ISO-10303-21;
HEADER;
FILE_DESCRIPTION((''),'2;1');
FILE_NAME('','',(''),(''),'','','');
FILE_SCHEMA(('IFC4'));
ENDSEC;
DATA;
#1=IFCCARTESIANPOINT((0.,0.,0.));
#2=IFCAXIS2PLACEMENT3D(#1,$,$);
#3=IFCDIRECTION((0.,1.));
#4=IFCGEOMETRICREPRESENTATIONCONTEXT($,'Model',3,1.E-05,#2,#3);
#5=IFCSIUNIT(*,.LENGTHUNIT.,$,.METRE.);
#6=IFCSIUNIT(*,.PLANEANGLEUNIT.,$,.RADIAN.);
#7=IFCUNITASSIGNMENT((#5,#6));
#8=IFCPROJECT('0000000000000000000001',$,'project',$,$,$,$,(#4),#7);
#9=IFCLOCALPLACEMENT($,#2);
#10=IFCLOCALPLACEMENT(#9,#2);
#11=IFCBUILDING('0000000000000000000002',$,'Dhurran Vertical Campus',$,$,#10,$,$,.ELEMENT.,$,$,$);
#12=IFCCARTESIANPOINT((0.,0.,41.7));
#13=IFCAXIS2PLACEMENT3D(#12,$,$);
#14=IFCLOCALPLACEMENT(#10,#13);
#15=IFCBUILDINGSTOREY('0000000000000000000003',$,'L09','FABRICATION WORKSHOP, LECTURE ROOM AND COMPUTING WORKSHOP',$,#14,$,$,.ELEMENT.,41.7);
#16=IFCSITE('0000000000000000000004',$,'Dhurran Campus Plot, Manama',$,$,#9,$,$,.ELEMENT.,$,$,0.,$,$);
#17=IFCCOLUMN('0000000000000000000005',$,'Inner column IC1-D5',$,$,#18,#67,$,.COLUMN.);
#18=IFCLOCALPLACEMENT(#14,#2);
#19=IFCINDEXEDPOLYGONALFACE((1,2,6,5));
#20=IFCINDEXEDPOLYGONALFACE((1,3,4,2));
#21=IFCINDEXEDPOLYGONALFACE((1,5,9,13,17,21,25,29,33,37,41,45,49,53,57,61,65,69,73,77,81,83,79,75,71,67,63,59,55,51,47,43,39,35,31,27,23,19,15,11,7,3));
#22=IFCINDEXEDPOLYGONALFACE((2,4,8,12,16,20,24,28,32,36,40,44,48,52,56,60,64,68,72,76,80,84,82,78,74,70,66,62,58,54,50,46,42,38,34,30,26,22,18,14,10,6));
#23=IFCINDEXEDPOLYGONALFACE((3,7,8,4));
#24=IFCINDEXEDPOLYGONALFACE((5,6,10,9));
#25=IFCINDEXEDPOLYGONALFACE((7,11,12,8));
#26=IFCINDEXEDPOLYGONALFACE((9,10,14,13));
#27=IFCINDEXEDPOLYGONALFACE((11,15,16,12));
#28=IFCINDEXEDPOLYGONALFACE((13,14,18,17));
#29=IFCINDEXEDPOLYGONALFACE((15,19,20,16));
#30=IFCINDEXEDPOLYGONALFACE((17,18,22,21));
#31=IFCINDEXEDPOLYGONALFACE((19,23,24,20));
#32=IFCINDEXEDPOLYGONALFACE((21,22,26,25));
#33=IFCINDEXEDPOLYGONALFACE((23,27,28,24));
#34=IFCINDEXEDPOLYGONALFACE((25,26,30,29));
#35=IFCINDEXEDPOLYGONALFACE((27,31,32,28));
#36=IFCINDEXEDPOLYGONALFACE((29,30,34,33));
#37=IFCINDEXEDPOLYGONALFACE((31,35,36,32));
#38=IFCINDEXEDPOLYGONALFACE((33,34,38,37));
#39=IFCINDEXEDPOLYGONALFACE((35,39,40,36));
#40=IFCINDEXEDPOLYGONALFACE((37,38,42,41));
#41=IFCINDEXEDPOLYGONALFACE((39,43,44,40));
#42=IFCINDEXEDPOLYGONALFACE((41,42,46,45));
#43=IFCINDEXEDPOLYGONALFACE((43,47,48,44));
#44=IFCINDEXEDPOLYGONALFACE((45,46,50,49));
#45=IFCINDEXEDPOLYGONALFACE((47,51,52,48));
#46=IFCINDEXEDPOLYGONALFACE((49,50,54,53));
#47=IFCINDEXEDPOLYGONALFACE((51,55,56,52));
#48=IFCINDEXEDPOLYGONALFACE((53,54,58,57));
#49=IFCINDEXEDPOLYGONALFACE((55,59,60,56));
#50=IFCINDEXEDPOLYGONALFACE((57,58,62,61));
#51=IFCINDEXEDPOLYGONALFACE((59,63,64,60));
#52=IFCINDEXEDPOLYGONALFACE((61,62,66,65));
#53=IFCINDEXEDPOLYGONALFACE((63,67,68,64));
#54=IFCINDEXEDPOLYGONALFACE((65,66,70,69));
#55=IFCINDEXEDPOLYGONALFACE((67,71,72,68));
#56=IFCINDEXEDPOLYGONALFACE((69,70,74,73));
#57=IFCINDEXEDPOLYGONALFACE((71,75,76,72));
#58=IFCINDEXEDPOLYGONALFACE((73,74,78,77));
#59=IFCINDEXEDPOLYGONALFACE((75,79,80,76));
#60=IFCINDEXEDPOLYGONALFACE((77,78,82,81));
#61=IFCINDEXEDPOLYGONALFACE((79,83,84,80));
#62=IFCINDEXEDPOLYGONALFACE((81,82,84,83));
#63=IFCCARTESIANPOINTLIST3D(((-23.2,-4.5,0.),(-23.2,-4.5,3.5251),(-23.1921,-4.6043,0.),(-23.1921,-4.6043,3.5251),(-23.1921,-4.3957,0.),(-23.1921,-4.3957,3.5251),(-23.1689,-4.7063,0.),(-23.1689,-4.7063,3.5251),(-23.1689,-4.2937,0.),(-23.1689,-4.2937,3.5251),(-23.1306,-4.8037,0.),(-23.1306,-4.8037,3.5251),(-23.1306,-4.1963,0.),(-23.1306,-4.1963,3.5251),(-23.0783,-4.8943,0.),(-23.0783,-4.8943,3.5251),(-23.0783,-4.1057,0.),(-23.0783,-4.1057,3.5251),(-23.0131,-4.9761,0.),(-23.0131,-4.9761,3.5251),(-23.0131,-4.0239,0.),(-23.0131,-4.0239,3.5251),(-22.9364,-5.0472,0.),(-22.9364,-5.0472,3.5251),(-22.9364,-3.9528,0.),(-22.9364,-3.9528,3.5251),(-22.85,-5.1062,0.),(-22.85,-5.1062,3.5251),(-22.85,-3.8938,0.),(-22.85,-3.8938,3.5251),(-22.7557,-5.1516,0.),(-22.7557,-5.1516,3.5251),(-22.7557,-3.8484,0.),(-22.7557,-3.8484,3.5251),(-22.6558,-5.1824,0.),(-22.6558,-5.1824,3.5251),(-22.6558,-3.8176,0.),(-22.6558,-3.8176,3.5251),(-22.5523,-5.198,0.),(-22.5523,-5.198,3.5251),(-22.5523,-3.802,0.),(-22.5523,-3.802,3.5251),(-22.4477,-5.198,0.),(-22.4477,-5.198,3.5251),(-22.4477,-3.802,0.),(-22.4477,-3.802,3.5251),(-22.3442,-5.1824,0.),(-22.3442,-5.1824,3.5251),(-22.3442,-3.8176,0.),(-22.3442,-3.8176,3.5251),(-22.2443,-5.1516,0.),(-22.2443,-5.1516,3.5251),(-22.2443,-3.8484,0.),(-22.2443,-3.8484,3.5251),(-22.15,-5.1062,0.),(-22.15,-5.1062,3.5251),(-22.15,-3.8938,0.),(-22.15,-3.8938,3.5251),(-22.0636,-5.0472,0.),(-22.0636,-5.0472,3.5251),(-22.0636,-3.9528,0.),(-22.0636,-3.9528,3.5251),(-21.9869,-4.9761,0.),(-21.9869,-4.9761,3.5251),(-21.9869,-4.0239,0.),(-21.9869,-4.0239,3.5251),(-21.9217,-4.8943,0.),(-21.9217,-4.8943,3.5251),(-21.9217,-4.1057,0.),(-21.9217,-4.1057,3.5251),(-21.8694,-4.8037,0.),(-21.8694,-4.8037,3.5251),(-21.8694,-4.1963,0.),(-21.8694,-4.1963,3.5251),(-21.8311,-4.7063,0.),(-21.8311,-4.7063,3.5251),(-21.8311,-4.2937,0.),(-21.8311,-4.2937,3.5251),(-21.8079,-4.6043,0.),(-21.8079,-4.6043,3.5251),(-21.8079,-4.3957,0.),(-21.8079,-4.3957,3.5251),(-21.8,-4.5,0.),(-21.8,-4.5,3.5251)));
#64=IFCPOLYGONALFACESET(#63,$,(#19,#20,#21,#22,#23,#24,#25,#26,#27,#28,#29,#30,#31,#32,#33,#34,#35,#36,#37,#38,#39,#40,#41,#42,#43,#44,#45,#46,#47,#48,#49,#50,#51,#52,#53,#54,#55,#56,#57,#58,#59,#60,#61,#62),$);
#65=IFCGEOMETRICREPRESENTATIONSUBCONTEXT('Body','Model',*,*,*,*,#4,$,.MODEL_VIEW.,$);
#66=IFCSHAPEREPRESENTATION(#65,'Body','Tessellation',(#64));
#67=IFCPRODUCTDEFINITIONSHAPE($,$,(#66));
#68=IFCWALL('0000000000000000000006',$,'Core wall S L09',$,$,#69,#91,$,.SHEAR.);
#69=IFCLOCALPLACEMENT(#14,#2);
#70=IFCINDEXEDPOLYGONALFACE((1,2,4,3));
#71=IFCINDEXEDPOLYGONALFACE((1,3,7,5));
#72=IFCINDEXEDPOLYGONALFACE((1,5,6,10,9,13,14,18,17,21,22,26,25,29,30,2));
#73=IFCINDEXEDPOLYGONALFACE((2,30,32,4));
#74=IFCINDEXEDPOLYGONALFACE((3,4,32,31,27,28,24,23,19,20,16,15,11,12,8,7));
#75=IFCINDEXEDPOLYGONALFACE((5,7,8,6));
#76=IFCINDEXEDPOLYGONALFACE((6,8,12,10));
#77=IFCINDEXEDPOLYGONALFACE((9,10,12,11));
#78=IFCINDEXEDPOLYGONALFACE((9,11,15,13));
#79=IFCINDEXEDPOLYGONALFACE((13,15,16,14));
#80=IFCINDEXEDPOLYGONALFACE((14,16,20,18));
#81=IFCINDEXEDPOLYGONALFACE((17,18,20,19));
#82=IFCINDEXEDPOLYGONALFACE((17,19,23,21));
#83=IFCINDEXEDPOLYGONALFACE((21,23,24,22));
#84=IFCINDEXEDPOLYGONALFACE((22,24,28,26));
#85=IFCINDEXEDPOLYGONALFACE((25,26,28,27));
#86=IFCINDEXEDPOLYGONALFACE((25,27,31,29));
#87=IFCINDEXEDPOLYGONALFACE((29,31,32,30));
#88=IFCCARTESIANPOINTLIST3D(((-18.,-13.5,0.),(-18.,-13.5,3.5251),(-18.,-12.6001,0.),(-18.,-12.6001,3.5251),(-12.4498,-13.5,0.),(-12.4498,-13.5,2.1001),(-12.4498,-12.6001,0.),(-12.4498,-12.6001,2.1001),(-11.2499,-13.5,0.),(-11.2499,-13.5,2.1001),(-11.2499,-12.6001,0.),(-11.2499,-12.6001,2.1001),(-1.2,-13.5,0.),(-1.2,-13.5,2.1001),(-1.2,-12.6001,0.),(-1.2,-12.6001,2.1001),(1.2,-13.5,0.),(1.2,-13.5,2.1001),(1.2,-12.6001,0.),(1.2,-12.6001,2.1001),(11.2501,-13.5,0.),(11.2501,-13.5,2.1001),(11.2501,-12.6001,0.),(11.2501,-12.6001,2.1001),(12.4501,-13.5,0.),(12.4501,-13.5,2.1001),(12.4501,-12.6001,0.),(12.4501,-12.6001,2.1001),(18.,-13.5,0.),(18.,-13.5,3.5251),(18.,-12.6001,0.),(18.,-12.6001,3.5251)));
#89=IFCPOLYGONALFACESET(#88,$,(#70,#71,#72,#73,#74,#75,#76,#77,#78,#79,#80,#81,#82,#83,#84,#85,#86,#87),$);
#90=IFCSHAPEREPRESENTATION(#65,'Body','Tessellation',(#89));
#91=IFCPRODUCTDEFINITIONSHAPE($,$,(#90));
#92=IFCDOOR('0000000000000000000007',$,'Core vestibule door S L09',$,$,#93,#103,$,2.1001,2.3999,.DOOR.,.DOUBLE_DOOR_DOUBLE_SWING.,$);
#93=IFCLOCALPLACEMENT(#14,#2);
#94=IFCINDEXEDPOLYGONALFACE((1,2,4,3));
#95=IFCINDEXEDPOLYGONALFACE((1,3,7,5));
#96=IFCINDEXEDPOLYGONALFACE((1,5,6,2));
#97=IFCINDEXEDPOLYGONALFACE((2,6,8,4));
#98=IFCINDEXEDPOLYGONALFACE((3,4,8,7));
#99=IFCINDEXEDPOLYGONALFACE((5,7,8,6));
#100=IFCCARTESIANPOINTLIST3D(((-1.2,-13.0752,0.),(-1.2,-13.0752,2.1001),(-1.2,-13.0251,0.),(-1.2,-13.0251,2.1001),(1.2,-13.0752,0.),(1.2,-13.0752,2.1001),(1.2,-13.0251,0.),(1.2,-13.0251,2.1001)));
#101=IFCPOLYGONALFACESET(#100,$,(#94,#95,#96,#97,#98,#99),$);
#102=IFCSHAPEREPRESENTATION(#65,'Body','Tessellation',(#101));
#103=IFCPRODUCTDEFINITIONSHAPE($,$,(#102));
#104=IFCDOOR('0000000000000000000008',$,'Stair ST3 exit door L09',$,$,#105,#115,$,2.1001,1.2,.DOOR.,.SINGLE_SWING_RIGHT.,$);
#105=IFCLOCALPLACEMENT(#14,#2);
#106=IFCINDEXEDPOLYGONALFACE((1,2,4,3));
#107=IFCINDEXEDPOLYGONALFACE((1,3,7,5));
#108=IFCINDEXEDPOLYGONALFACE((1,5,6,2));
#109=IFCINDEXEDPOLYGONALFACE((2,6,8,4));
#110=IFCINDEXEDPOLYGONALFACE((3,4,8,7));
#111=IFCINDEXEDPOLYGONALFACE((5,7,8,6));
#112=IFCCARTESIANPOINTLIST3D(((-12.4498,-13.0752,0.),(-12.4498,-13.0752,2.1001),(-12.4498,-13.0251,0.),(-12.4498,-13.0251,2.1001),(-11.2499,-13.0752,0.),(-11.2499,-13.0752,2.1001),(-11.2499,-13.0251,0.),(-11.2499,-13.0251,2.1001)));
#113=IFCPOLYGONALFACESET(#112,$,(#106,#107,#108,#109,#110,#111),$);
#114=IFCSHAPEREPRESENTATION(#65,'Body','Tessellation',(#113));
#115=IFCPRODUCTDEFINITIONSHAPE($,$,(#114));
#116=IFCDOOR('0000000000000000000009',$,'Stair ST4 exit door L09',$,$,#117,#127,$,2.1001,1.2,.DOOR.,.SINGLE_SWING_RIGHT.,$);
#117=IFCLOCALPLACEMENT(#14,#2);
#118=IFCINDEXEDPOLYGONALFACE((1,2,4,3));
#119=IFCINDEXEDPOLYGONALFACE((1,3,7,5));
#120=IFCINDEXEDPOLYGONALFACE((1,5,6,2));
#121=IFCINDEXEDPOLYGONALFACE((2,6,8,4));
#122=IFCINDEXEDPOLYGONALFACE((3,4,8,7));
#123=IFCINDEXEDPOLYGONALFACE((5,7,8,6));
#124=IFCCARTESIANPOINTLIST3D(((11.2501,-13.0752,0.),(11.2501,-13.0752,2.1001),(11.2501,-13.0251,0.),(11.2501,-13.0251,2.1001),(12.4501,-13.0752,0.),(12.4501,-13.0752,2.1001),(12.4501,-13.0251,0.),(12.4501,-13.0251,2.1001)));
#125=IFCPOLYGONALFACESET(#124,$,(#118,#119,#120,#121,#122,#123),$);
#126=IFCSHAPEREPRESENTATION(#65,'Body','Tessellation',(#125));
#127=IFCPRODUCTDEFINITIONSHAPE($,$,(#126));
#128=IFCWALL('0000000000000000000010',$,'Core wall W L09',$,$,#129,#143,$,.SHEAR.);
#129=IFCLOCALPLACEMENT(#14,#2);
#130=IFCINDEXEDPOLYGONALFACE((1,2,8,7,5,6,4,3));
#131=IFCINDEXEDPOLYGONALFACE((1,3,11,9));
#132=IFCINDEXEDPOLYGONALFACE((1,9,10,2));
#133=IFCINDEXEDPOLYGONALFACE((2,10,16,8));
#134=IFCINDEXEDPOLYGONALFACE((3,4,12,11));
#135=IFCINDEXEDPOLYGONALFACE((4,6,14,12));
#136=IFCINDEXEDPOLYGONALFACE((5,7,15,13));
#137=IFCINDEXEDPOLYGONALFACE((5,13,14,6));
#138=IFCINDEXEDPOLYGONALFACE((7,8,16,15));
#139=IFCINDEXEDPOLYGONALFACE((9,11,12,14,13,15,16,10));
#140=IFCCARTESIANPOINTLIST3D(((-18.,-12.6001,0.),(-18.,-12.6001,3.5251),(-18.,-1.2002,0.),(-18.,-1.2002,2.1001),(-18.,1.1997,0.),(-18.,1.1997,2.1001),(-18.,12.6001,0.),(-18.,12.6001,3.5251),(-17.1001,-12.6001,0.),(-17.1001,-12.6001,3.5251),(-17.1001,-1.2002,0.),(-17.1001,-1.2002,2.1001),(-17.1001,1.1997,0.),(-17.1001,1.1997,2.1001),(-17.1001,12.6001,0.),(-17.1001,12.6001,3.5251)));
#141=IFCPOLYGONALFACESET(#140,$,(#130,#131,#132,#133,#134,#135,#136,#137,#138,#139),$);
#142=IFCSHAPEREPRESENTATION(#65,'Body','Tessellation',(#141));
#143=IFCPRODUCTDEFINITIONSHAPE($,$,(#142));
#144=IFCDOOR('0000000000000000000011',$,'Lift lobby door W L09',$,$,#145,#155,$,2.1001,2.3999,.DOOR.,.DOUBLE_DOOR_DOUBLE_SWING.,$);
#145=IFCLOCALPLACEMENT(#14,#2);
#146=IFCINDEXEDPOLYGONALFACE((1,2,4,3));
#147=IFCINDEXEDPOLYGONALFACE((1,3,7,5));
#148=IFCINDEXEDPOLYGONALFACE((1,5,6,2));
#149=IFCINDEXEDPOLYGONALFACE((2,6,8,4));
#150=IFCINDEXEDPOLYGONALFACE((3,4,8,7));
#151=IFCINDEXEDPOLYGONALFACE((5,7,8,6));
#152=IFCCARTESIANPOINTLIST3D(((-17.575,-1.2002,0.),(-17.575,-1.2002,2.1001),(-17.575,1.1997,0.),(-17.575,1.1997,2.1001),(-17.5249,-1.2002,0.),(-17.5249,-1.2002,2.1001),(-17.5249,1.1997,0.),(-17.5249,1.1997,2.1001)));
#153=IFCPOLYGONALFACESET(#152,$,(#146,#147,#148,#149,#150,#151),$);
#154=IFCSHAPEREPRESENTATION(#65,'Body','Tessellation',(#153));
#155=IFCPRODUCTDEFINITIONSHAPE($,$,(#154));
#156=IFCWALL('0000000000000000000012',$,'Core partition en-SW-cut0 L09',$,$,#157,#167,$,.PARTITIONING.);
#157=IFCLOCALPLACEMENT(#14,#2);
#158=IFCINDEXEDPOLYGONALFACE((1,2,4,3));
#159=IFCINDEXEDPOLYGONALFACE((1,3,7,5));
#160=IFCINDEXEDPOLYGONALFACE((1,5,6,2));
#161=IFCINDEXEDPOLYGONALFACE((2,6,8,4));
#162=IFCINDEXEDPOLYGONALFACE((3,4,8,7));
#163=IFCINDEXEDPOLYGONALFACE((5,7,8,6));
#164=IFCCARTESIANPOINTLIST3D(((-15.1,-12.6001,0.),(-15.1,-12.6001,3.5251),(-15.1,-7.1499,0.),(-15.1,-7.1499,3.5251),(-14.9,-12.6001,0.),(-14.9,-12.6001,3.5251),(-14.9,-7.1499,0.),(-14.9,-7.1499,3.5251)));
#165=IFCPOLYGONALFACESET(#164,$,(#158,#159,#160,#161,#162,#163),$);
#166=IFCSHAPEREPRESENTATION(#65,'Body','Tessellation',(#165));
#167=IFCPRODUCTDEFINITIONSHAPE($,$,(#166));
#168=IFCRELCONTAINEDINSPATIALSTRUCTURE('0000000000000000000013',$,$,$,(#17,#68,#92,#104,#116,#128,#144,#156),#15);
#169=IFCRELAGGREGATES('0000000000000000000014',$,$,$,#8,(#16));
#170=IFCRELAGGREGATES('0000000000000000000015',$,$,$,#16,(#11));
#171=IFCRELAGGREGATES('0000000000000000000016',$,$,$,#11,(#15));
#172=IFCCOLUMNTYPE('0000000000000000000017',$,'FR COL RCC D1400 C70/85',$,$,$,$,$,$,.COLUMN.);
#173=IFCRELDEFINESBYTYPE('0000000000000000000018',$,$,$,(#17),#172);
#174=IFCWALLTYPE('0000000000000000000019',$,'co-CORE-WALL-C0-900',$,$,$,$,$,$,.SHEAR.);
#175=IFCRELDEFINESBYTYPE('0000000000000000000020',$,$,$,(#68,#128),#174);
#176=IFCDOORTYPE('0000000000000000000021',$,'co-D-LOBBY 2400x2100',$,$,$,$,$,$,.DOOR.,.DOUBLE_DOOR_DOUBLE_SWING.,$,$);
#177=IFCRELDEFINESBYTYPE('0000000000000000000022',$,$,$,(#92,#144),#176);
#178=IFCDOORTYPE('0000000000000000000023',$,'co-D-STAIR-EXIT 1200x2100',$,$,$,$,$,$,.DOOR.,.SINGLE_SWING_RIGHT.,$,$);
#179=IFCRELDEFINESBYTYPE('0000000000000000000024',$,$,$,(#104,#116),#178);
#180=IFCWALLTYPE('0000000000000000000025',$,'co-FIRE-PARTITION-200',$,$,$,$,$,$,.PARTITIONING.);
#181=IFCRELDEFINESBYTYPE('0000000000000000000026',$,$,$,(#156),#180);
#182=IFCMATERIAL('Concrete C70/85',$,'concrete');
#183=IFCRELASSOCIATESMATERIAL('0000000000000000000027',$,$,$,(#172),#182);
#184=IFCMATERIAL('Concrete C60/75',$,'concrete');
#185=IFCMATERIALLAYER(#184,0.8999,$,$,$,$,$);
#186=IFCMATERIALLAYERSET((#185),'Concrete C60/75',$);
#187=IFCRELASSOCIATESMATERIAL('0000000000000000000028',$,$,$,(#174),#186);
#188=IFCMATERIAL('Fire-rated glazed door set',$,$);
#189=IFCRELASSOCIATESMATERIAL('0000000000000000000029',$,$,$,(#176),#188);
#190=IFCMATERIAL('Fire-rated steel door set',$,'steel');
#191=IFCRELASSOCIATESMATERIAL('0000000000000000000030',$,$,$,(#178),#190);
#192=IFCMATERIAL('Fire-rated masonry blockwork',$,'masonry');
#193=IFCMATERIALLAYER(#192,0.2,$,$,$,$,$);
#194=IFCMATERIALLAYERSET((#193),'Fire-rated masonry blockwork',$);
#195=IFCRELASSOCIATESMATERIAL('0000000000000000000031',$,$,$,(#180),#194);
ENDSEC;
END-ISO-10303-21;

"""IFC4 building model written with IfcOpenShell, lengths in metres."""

from ifc_helpers import new_model, si_unit, direction, frame, frame_2d, origin, origin_2d, place, context, subcontext, project, spatial, rectangle, circle, extrude, material, layer, layer_set, material_profile, profile_set, type_object, element, fill, save


model = new_model("IFC4")

# Units and contexts
model_context = context("Model", 3, precision=1e-05, world=origin(), true_north=direction((0.0, 1.0)))
body_context = subcontext(model_context, "Body", "Model", "MODEL_VIEW")
ifc_project = project(units=[si_unit("LENGTHUNIT", "METRE"), si_unit("PLANEANGLEUNIT", "RADIAN")], contexts=[model_context])

# Site, building, storey
site_placement = place(None, origin())
site = spatial("IfcSite", under=ifc_project, at=site_placement, Name="Dhurran Campus Plot, Manama", CompositionType="ELEMENT", RefElevation=0.0)
building_placement = place(site_placement, origin())
building = spatial("IfcBuilding", under=site, at=building_placement, Name="Dhurran Vertical Campus", CompositionType="ELEMENT")
storey_placement = place(building_placement, frame((0.0, 0.0, 41.7)))
storey = spatial("IfcBuildingStorey", under=building, at=storey_placement, Name="L09", Description="FABRICATION WORKSHOP, LECTURE ROOM AND COMPUTING WORKSHOP", CompositionType="ELEMENT", Elevation=41.7)

# Column
ifc_material_1 = material(Name="Concrete C70/85", Category="concrete")
ifc_material_profile = material_profile(ifc_material_1, circle(Radius=0.7, at=origin_2d()), Name="RCC D1400")
ifc_profile_set = profile_set([ifc_material_profile], Name="Concrete C70/85")
column_type = type_object("IfcColumnType", Name="FR COL RCC D1400 C70/85", PredefinedType="COLUMN", material=ifc_profile_set)
column_placement = place(storey_placement, frame((-22.5, -4.5, 0.0), z_axis=(0.0, 0.0, 1.0), x_axis=(1.0, 0.0, 0.0)))
element("IfcColumn", 1, at=column_placement, inside=storey, type_object=column_type, Name="Inner column IC1-D5", PredefinedType="COLUMN", context=body_context, shape_type="SweptSolid", body=[
    extrude(circle(Radius=0.7, at=origin_2d()), origin(), (0.0, 0.0, 1.0), 3.5251),
])

# Wall, openings, doors
ifc_material_2 = material(Name="Concrete C60/75", Category="concrete")
ifc_layer_1 = layer(ifc_material_2, 0.8999)
ifc_layer_set_1 = layer_set([ifc_layer_1], Name="Concrete C60/75")
wall_type_1 = type_object("IfcWallType", Name="co-CORE-WALL-C0-900", PredefinedType="SHEAR", material=ifc_layer_set_1)
wall_1_placement = place(storey_placement, frame((-18.0, -13.05, 0.0), z_axis=(0.0, 0.0, 1.0), x_axis=(1.0, 0.0, 0.0)))
wall_1 = element("IfcWall", 2, at=wall_1_placement, inside=storey, type_object=wall_type_1, Name="Core wall S L09", PredefinedType="SHEAR", context=body_context, shape_type="SweptSolid", body=[
    extrude(rectangle(XDim=36.0, YDim=0.8999, at=frame_2d((18.0, 0.0))), origin(), (0.0, 0.0, 1.0), 3.5251),
])
opening_1_placement = place(wall_1_placement, frame((16.8, 0.0, 0.0)))
opening_1 = element("IfcOpeningElement", 3, at=opening_1_placement, cuts=wall_1, PredefinedType="OPENING", context=body_context, shape_type="SweptSolid", body=[
    extrude(rectangle(XDim=2.3999, YDim=2.1001, at=frame_2d((1.2, 1.05))), frame((0.0, 0.46, 0.0), z_axis=(0.0, -1.0, 0.0), x_axis=(1.0, 0.0, 0.0)), (0.0, 0.0, 1.0), 0.9199),
])
opening_2_placement = place(wall_1_placement, frame((5.55, 0.0, 0.0)))
opening_2 = element("IfcOpeningElement", 4, at=opening_2_placement, cuts=wall_1, PredefinedType="OPENING", context=body_context, shape_type="SweptSolid", body=[
    extrude(rectangle(XDim=1.2, YDim=2.1001, at=frame_2d((0.6001, 1.05))), frame((0.0, 0.46, 0.0), z_axis=(0.0, -1.0, 0.0), x_axis=(1.0, 0.0, 0.0)), (0.0, 0.0, 1.0), 0.9199),
])
opening_3_placement = place(wall_1_placement, frame((29.25, 0.0, 0.0)))
opening_3 = element("IfcOpeningElement", 5, at=opening_3_placement, cuts=wall_1, PredefinedType="OPENING", context=body_context, shape_type="SweptSolid", body=[
    extrude(rectangle(XDim=1.2, YDim=2.1001, at=frame_2d((0.6001, 1.05))), frame((0.0, 0.46, 0.0), z_axis=(0.0, -1.0, 0.0), x_axis=(1.0, 0.0, 0.0)), (0.0, 0.0, 1.0), 0.9199),
])
ifc_material_3 = material(Name="Fire-rated glazed door set")
door_type_1 = type_object("IfcDoorType", Name="co-D-LOBBY 2400x2100", OperationType="DOUBLE_DOOR_DOUBLE_SWING", PredefinedType="DOOR", material=ifc_material_3)
door_1_placement = place(opening_1_placement, origin())
door_1 = element("IfcDoor", 6, at=door_1_placement, inside=storey, type_object=door_type_1, Name="Core vestibule door S L09", OperationType="DOUBLE_DOOR_DOUBLE_SWING", OverallHeight=2.1001, OverallWidth=2.3999, PredefinedType="DOOR", context=body_context, shape_type="SweptSolid", body=[
    extrude(rectangle(XDim=2.3999, YDim=2.1001, at=frame_2d((1.2, 1.05))), frame((0.0, 0.0249, 0.0), z_axis=(0.0, -1.0, 0.0), x_axis=(1.0, 0.0, 0.0)), (0.0, 0.0, 1.0), 0.05),
])
fill(opening_1, door_1)
ifc_material_4 = material(Name="Fire-rated steel door set", Category="steel")
door_type_2 = type_object("IfcDoorType", Name="co-D-STAIR-EXIT 1200x2100", OperationType="SINGLE_SWING_RIGHT", PredefinedType="DOOR", material=ifc_material_4)
door_2_placement = place(opening_2_placement, origin())
door_2 = element("IfcDoor", 7, at=door_2_placement, inside=storey, type_object=door_type_2, Name="Stair ST3 exit door L09", OperationType="SINGLE_SWING_RIGHT", OverallHeight=2.1001, OverallWidth=1.2, PredefinedType="DOOR", context=body_context, shape_type="SweptSolid", body=[
    extrude(rectangle(XDim=1.2, YDim=2.1001, at=frame_2d((0.6001, 1.05))), frame((0.0, 0.0249, 0.0), z_axis=(0.0, -1.0, 0.0), x_axis=(1.0, 0.0, 0.0)), (0.0, 0.0, 1.0), 0.05),
])
fill(opening_2, door_2)
door_3_placement = place(opening_3_placement, origin())
door_3 = element("IfcDoor", 8, at=door_3_placement, inside=storey, type_object=door_type_2, Name="Stair ST4 exit door L09", OperationType="SINGLE_SWING_RIGHT", OverallHeight=2.1001, OverallWidth=1.2, PredefinedType="DOOR", context=body_context, shape_type="SweptSolid", body=[
    extrude(rectangle(XDim=1.2, YDim=2.1001, at=frame_2d((0.6001, 1.05))), frame((0.0, 0.0249, 0.0), z_axis=(0.0, -1.0, 0.0), x_axis=(1.0, 0.0, 0.0)), (0.0, 0.0, 1.0), 0.05),
])
fill(opening_3, door_3)

# Wall, opening, door
wall_2_placement = place(storey_placement, frame((-17.55, -12.6001, 0.0), z_axis=(0.0, 0.0, 1.0), x_axis=(0.0, 1.0, 0.0)))
wall_2 = element("IfcWall", 9, at=wall_2_placement, inside=storey, type_object=wall_type_1, Name="Core wall W L09", PredefinedType="SHEAR", context=body_context, shape_type="SweptSolid", body=[
    extrude(rectangle(XDim=25.2002, YDim=0.8999, at=frame_2d((12.6001, 0.0))), origin(), (0.0, 0.0, 1.0), 3.5251),
])
opening_4_placement = place(wall_2_placement, frame((11.3999, 0.0, 0.0)))
opening_4 = element("IfcOpeningElement", 10, at=opening_4_placement, cuts=wall_2, PredefinedType="OPENING", context=body_context, shape_type="SweptSolid", body=[
    extrude(rectangle(XDim=2.3999, YDim=2.1001, at=frame_2d((1.2, 1.05))), frame((0.0, 0.46, 0.0), z_axis=(0.0, -1.0, 0.0), x_axis=(1.0, 0.0, 0.0)), (0.0, 0.0, 1.0), 0.9199),
])
door_4_placement = place(opening_4_placement, origin())
door_4 = element("IfcDoor", 11, at=door_4_placement, inside=storey, type_object=door_type_1, Name="Lift lobby door W L09", OperationType="DOUBLE_DOOR_DOUBLE_SWING", OverallHeight=2.1001, OverallWidth=2.3999, PredefinedType="DOOR", context=body_context, shape_type="SweptSolid", body=[
    extrude(rectangle(XDim=2.3999, YDim=2.1001, at=frame_2d((1.2, 1.05))), frame((0.0, 0.0249, 0.0), z_axis=(0.0, -1.0, 0.0), x_axis=(1.0, 0.0, 0.0)), (0.0, 0.0, 1.0), 0.05),
])
fill(opening_4, door_4)

# Wall
ifc_material_5 = material(Name="Fire-rated masonry blockwork", Category="masonry")
ifc_layer_2 = layer(ifc_material_5, 0.2)
ifc_layer_set_2 = layer_set([ifc_layer_2], Name="Fire-rated masonry blockwork")
wall_type_2 = type_object("IfcWallType", Name="co-FIRE-PARTITION-200", PredefinedType="PARTITIONING", material=ifc_layer_set_2)
wall_3_placement = place(storey_placement, frame((-15.0, -12.6001, 0.0), z_axis=(0.0, 0.0, 1.0), x_axis=(0.0, 1.0, 0.0)))
element("IfcWall", 12, at=wall_3_placement, inside=storey, type_object=wall_type_2, Name="Core partition en-SW-cut0 L09", PredefinedType="PARTITIONING", context=body_context, shape_type="SweptSolid", body=[
    extrude(rectangle(XDim=5.4502, YDim=0.2, at=frame_2d((2.7251, 0.0))), origin(), (0.0, 0.0, 1.0), 3.5251),
])

save(model, "model.ifc")
